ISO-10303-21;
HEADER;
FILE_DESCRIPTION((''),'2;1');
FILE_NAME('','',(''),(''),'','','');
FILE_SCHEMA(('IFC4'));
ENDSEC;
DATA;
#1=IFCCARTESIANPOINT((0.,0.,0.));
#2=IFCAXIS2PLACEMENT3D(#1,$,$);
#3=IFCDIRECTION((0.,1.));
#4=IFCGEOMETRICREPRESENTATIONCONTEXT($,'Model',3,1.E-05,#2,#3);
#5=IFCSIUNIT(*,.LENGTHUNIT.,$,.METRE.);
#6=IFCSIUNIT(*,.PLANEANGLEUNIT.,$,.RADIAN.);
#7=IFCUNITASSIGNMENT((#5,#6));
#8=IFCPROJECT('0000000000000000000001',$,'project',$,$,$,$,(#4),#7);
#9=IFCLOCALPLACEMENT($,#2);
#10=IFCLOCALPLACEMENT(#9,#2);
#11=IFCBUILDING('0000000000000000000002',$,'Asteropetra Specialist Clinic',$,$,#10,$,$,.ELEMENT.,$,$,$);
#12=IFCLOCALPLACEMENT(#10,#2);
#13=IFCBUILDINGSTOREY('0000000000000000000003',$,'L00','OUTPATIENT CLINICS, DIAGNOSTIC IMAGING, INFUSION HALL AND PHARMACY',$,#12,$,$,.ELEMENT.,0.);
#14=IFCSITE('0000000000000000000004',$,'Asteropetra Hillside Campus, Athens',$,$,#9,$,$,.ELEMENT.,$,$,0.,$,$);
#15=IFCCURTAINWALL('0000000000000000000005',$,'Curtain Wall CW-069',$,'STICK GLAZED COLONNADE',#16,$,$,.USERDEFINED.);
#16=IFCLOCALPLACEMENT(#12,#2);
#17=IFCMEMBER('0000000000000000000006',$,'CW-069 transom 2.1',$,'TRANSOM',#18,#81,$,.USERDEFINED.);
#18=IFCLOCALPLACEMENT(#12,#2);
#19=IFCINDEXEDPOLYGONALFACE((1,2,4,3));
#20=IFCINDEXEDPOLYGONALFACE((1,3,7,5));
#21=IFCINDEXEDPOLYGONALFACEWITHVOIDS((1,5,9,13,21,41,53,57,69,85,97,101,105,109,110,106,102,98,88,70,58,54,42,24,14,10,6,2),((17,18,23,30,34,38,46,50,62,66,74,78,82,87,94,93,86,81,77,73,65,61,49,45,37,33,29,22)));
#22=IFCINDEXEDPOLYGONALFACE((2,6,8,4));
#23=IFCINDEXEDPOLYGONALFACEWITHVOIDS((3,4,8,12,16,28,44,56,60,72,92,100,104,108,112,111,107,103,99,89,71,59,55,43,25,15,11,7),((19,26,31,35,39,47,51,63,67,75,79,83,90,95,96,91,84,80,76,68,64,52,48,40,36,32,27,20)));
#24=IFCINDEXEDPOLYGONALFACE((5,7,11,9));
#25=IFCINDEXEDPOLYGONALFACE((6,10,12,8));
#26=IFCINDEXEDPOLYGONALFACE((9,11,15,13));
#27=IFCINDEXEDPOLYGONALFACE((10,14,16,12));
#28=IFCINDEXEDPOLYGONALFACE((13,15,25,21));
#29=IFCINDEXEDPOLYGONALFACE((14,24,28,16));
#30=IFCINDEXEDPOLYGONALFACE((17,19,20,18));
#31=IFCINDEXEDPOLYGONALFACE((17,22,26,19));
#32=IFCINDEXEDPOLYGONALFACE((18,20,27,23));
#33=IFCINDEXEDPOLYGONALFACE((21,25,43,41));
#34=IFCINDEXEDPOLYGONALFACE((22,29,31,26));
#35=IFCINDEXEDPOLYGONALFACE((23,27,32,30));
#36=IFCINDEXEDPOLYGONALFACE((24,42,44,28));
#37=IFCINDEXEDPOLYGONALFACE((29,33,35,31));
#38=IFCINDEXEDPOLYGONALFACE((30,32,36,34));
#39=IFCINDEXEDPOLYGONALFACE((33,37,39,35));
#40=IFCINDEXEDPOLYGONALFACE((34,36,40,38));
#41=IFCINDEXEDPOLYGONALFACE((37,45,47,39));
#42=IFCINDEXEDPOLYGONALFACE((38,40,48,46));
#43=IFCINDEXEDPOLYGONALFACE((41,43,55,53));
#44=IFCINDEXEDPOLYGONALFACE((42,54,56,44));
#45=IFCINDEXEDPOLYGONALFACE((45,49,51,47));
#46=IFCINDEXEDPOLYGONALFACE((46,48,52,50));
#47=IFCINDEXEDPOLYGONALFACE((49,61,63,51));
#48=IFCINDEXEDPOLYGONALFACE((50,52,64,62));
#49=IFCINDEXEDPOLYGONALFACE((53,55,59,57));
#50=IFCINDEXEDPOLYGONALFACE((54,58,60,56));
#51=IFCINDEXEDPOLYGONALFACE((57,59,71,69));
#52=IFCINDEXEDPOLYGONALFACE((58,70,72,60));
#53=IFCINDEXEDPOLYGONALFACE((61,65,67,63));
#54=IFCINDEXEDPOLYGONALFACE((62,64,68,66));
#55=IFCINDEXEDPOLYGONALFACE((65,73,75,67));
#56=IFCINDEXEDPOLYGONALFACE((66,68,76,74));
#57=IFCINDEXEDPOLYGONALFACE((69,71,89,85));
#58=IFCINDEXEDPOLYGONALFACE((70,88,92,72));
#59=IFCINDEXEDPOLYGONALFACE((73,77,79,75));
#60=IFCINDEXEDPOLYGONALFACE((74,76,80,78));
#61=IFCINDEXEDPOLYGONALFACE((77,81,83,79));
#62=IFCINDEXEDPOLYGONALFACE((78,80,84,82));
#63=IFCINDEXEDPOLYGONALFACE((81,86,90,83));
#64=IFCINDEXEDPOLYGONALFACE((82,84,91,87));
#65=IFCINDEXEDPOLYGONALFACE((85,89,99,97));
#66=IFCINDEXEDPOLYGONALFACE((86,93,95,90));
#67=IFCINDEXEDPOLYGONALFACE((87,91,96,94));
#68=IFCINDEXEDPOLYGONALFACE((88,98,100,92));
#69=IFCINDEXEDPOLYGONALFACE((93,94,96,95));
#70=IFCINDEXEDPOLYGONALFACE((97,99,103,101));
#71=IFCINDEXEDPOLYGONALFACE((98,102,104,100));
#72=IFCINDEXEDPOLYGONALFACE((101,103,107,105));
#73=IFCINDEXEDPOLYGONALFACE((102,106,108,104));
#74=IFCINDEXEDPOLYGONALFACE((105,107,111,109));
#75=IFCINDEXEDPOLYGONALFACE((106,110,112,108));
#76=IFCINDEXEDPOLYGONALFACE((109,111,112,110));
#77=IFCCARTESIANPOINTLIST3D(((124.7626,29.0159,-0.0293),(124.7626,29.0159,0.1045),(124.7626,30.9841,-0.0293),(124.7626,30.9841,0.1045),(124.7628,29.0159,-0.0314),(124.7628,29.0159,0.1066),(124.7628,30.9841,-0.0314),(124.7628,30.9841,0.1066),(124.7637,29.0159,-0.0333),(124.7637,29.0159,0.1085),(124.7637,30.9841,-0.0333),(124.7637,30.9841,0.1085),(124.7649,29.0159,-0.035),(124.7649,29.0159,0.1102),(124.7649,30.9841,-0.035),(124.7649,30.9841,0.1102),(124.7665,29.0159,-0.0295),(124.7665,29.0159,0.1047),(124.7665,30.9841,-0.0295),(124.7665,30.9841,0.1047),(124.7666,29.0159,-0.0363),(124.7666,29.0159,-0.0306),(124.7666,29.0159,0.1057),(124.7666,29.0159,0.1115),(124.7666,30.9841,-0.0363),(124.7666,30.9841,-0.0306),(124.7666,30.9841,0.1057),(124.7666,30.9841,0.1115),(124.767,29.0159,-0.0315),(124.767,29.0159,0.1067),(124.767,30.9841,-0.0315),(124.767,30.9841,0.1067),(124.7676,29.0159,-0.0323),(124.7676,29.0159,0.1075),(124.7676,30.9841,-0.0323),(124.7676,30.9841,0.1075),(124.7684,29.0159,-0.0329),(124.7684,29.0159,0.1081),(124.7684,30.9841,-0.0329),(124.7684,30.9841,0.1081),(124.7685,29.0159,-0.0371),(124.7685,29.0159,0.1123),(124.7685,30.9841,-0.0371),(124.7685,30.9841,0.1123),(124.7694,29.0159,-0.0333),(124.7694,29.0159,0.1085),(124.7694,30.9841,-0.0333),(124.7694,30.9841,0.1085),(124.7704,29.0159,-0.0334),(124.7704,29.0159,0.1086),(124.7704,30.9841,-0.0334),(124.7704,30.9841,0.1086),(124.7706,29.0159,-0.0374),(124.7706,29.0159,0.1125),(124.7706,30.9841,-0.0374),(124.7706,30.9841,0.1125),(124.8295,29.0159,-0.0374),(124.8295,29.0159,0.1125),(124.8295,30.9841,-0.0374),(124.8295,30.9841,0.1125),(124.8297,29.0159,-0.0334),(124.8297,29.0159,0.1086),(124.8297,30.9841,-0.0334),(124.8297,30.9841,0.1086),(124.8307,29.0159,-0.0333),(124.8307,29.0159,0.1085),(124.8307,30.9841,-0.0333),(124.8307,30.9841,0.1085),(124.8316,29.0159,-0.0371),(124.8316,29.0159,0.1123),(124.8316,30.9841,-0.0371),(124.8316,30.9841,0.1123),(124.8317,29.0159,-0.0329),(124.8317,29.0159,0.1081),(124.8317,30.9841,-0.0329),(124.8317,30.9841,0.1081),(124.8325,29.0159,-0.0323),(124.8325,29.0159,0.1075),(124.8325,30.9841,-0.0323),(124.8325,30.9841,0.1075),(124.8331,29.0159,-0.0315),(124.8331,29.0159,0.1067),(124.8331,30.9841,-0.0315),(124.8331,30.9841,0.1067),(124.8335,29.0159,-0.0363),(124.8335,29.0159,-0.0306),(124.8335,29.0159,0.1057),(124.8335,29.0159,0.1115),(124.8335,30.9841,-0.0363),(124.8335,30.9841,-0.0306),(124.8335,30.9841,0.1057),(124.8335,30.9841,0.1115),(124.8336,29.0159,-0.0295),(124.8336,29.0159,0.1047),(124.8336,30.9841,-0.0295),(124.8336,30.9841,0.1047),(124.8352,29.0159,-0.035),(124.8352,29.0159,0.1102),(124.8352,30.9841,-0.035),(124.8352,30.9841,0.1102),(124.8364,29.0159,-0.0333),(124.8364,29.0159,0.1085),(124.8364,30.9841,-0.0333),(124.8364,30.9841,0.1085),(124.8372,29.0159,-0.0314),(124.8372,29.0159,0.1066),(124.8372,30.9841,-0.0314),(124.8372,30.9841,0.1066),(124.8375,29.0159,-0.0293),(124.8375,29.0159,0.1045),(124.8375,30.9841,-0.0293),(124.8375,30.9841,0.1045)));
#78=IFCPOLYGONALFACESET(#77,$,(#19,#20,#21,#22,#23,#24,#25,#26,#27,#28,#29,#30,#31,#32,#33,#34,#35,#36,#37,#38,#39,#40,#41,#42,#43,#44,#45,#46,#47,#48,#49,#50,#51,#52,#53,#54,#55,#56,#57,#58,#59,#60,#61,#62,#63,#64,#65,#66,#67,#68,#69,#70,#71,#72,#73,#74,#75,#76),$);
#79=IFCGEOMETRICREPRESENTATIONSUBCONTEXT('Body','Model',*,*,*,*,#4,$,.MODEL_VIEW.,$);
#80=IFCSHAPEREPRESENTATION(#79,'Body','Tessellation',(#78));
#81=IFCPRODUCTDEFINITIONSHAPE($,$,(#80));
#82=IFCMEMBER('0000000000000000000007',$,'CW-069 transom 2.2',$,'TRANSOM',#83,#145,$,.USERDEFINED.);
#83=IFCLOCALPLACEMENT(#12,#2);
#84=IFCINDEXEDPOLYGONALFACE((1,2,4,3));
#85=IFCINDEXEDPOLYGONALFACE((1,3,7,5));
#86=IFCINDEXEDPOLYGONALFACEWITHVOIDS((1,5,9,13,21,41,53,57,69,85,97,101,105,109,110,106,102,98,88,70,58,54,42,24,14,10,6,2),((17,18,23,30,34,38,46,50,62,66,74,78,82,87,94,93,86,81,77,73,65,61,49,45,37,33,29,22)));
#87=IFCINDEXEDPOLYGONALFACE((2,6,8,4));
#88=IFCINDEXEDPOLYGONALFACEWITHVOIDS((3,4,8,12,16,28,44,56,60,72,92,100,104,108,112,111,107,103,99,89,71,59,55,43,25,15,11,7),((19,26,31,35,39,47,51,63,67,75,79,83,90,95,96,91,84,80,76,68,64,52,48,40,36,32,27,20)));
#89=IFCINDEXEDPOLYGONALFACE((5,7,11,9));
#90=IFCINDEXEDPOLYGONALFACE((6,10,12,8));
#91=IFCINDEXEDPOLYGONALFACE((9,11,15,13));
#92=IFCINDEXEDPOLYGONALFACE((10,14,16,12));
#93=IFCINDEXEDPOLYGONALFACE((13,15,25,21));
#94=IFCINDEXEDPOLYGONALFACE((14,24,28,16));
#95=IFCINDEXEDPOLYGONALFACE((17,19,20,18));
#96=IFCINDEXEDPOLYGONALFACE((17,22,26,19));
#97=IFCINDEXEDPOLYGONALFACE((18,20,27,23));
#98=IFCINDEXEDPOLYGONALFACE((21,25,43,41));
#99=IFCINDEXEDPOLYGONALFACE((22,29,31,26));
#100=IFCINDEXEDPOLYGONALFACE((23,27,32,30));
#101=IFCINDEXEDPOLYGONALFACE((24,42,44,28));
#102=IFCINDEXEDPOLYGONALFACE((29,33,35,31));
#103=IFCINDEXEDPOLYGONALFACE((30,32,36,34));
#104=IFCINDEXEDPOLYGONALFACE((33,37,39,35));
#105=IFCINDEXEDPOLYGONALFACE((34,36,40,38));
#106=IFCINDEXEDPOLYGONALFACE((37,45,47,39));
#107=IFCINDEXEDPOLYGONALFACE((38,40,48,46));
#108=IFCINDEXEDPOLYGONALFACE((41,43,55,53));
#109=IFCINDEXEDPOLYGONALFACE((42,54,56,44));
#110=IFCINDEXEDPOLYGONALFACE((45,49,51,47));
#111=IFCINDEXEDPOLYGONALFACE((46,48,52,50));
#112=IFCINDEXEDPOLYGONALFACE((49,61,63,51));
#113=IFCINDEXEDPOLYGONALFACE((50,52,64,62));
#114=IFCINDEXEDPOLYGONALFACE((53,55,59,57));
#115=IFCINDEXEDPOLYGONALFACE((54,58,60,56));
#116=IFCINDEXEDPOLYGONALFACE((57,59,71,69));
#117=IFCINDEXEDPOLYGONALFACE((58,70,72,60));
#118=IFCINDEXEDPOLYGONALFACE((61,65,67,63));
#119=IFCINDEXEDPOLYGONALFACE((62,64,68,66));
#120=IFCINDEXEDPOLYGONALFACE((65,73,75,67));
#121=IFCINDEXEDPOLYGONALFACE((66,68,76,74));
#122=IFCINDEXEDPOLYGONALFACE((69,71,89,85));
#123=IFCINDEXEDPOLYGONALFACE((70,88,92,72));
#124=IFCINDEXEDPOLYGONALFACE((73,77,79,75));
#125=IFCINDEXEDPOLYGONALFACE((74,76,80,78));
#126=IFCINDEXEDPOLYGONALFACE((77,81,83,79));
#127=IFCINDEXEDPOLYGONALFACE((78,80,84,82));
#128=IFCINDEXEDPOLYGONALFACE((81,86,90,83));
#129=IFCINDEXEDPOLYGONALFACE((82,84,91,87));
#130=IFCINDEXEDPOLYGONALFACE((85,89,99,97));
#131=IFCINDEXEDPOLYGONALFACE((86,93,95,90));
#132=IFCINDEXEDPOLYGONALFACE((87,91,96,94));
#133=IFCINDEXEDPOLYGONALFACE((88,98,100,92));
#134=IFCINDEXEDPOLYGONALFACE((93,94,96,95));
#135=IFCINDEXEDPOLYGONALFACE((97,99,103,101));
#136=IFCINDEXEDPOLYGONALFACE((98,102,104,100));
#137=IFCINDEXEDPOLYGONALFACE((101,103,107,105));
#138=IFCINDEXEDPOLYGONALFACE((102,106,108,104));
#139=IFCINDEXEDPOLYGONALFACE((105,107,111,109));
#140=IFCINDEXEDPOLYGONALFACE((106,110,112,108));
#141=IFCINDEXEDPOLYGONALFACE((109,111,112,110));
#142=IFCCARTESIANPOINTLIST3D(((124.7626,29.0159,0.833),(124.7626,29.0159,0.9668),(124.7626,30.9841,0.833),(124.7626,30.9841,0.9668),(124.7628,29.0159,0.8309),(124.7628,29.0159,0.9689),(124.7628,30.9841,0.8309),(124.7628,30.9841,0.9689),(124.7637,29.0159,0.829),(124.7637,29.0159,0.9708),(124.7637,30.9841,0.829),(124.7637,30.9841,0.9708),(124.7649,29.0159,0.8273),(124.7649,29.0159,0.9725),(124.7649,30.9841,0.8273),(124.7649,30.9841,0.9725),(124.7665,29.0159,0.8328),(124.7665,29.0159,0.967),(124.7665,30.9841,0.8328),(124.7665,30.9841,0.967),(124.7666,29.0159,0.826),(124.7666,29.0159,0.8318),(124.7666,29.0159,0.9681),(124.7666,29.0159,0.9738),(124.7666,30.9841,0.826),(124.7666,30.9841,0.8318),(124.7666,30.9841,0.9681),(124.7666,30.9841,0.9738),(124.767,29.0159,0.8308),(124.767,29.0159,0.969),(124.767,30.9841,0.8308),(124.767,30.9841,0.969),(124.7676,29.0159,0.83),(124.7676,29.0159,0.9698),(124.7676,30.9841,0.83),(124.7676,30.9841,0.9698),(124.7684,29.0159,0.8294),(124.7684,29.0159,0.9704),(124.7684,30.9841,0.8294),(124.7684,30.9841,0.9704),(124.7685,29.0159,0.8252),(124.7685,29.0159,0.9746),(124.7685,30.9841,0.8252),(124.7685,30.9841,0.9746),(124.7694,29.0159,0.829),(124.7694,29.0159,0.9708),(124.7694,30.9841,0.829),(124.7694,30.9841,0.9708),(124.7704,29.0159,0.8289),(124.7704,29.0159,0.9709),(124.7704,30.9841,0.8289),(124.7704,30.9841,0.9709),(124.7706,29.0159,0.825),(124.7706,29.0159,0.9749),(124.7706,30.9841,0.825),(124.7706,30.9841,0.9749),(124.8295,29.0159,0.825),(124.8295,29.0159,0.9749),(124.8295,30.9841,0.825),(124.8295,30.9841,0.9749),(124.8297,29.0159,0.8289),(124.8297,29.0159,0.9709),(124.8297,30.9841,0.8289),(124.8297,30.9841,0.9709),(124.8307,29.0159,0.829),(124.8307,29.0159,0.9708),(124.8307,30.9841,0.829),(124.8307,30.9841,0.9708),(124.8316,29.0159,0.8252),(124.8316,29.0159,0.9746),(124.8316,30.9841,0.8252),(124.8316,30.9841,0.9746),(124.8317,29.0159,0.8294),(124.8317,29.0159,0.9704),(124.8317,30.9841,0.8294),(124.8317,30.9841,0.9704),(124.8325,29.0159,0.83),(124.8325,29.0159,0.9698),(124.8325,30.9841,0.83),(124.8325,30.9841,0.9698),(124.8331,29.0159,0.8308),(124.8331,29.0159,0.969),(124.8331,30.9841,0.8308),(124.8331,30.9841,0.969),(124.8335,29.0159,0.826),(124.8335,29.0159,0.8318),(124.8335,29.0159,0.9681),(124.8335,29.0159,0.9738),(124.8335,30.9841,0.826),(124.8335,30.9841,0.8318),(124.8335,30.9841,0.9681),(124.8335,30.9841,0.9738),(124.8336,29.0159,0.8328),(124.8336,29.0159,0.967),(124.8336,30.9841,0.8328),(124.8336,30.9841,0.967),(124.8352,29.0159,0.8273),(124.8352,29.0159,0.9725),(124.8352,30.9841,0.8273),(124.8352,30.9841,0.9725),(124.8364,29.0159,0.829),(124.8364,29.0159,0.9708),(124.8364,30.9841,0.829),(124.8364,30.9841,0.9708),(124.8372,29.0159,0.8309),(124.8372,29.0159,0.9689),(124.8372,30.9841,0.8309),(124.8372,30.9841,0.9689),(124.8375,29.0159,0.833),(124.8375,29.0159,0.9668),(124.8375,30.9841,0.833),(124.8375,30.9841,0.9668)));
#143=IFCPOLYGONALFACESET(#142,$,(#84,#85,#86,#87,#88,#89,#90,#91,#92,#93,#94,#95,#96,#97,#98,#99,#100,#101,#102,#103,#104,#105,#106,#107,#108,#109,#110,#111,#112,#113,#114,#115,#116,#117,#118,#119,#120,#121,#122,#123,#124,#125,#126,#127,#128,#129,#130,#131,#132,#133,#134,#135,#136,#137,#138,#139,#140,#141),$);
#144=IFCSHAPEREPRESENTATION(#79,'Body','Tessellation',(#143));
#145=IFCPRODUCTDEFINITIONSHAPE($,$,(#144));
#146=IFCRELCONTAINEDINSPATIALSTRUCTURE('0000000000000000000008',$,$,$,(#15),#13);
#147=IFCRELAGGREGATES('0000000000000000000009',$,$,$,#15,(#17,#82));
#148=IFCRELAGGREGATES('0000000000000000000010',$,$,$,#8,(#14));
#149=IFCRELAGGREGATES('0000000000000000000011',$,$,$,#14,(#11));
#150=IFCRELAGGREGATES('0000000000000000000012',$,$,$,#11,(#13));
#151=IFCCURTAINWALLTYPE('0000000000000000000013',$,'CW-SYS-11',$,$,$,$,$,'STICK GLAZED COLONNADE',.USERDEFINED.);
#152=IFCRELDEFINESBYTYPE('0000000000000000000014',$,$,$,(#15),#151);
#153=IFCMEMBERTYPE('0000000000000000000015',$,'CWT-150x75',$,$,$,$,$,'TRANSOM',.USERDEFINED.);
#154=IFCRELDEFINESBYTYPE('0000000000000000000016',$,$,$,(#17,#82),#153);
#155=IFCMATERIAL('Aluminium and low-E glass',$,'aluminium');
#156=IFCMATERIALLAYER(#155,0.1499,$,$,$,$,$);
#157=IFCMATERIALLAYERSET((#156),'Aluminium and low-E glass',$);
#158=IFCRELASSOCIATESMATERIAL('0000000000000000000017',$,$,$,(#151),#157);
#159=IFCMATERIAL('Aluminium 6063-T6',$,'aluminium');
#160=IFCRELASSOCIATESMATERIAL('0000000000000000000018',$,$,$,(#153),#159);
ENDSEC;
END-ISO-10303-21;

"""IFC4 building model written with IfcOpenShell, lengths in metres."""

from ifc_helpers import new_model, si_unit, direction, frame, origin, origin_2d, place, context, subcontext, project, spatial, hollow_rectangle, extrude, material, layer, layer_set, material_profile, profile_set, type_object, element, aggregate, save


model = new_model("IFC4")

# Units and contexts
model_context = context("Model", 3, precision=1e-05, world=origin(), true_north=direction((0.0, 1.0)))
body_context = subcontext(model_context, "Body", "Model", "MODEL_VIEW")
ifc_project = project(units=[si_unit("LENGTHUNIT", "METRE"), si_unit("PLANEANGLEUNIT", "RADIAN")], contexts=[model_context])

# Site, building, storey
site_placement = place(None, origin())
site = spatial("IfcSite", under=ifc_project, at=site_placement, Name="Asteropetra Hillside Campus, Athens", CompositionType="ELEMENT", RefElevation=0.0)
building_placement = place(site_placement, origin())
building = spatial("IfcBuilding", under=site, at=building_placement, Name="Asteropetra Specialist Clinic", CompositionType="ELEMENT")
storey_placement = place(building_placement, origin())
storey = spatial("IfcBuildingStorey", under=building, at=storey_placement, Name="L00", Description="OUTPATIENT CLINICS, DIAGNOSTIC IMAGING, INFUSION HALL AND PHARMACY", CompositionType="ELEMENT", Elevation=0.0)

# Shared definitions
ifc_material_1 = material(Name="Aluminium and low-E glass", Category="aluminium")
ifc_layer_1 = layer(ifc_material_1, 0.1499)
ifc_layer_set_1 = layer_set([ifc_layer_1], Name="Aluminium and low-E glass")
curtain_wall_type_1 = type_object("IfcCurtainWallType", Name="CW-SYS-11", ElementType="STICK GLAZED COLONNADE", PredefinedType="USERDEFINED", material=ifc_layer_set_1)

# Curtain wall
curtain_wall_1_placement = place(storey_placement, origin())
curtain_wall_1 = element("IfcCurtainWall", 1, at=curtain_wall_1_placement, inside=storey, type_object=curtain_wall_type_1, Name="Curtain Wall CW-069", ObjectType="STICK GLAZED COLONNADE", PredefinedType="USERDEFINED")

# Members
ifc_material_2 = material(Name="Aluminium 6063-T6", Category="aluminium")
ifc_material_profile_1 = material_profile(ifc_material_2, hollow_rectangle(XDim=0.075, YDim=0.1499, WallThickness=0.0039, InnerFilletRadius=0.0039, OuterFilletRadius=0.0081, at=origin_2d()), Name="TRN 150x75x4.0")
ifc_profile_set_1 = profile_set([ifc_material_profile_1], Name="Aluminium 6063-T6")
member_type_1 = type_object("IfcMemberType", Name="CWT-150x75", ElementType="TRANSOM", PredefinedType="USERDEFINED", material=ifc_profile_set_1)
member_1_placement = place(storey_placement, frame((124.8, 30.9841, 0.0376), z_axis=(0.0, -1.0, 0.0), x_axis=(1.0, 0.0, 0.0)))
member_1 = element("IfcMember", 2, at=member_1_placement, type_object=member_type_1, Name="CW-069 transom 2.1", ObjectType="TRANSOM", PredefinedType="USERDEFINED", context=body_context, shape_type="SweptSolid", body=[
    extrude(hollow_rectangle(XDim=0.075, YDim=0.1499, WallThickness=0.0039, InnerFilletRadius=0.0039, OuterFilletRadius=0.0081, at=origin_2d()), origin(), (0.0, 0.0, 1.0), 1.9683),
])
member_2_placement = place(storey_placement, frame((124.8, 30.9841, 0.8999), z_axis=(0.0, -1.0, 0.0), x_axis=(1.0, 0.0, 0.0)))
member_2 = element("IfcMember", 3, at=member_2_placement, type_object=member_type_1, Name="CW-069 transom 2.2", ObjectType="TRANSOM", PredefinedType="USERDEFINED", context=body_context, shape_type="SweptSolid", body=[
    extrude(hollow_rectangle(XDim=0.075, YDim=0.1499, WallThickness=0.0039, InnerFilletRadius=0.0039, OuterFilletRadius=0.0081, at=origin_2d()), origin(), (0.0, 0.0, 1.0), 1.9683),
])

aggregate(curtain_wall_1, [member_1, member_2])

save(model, "model.ifc")
